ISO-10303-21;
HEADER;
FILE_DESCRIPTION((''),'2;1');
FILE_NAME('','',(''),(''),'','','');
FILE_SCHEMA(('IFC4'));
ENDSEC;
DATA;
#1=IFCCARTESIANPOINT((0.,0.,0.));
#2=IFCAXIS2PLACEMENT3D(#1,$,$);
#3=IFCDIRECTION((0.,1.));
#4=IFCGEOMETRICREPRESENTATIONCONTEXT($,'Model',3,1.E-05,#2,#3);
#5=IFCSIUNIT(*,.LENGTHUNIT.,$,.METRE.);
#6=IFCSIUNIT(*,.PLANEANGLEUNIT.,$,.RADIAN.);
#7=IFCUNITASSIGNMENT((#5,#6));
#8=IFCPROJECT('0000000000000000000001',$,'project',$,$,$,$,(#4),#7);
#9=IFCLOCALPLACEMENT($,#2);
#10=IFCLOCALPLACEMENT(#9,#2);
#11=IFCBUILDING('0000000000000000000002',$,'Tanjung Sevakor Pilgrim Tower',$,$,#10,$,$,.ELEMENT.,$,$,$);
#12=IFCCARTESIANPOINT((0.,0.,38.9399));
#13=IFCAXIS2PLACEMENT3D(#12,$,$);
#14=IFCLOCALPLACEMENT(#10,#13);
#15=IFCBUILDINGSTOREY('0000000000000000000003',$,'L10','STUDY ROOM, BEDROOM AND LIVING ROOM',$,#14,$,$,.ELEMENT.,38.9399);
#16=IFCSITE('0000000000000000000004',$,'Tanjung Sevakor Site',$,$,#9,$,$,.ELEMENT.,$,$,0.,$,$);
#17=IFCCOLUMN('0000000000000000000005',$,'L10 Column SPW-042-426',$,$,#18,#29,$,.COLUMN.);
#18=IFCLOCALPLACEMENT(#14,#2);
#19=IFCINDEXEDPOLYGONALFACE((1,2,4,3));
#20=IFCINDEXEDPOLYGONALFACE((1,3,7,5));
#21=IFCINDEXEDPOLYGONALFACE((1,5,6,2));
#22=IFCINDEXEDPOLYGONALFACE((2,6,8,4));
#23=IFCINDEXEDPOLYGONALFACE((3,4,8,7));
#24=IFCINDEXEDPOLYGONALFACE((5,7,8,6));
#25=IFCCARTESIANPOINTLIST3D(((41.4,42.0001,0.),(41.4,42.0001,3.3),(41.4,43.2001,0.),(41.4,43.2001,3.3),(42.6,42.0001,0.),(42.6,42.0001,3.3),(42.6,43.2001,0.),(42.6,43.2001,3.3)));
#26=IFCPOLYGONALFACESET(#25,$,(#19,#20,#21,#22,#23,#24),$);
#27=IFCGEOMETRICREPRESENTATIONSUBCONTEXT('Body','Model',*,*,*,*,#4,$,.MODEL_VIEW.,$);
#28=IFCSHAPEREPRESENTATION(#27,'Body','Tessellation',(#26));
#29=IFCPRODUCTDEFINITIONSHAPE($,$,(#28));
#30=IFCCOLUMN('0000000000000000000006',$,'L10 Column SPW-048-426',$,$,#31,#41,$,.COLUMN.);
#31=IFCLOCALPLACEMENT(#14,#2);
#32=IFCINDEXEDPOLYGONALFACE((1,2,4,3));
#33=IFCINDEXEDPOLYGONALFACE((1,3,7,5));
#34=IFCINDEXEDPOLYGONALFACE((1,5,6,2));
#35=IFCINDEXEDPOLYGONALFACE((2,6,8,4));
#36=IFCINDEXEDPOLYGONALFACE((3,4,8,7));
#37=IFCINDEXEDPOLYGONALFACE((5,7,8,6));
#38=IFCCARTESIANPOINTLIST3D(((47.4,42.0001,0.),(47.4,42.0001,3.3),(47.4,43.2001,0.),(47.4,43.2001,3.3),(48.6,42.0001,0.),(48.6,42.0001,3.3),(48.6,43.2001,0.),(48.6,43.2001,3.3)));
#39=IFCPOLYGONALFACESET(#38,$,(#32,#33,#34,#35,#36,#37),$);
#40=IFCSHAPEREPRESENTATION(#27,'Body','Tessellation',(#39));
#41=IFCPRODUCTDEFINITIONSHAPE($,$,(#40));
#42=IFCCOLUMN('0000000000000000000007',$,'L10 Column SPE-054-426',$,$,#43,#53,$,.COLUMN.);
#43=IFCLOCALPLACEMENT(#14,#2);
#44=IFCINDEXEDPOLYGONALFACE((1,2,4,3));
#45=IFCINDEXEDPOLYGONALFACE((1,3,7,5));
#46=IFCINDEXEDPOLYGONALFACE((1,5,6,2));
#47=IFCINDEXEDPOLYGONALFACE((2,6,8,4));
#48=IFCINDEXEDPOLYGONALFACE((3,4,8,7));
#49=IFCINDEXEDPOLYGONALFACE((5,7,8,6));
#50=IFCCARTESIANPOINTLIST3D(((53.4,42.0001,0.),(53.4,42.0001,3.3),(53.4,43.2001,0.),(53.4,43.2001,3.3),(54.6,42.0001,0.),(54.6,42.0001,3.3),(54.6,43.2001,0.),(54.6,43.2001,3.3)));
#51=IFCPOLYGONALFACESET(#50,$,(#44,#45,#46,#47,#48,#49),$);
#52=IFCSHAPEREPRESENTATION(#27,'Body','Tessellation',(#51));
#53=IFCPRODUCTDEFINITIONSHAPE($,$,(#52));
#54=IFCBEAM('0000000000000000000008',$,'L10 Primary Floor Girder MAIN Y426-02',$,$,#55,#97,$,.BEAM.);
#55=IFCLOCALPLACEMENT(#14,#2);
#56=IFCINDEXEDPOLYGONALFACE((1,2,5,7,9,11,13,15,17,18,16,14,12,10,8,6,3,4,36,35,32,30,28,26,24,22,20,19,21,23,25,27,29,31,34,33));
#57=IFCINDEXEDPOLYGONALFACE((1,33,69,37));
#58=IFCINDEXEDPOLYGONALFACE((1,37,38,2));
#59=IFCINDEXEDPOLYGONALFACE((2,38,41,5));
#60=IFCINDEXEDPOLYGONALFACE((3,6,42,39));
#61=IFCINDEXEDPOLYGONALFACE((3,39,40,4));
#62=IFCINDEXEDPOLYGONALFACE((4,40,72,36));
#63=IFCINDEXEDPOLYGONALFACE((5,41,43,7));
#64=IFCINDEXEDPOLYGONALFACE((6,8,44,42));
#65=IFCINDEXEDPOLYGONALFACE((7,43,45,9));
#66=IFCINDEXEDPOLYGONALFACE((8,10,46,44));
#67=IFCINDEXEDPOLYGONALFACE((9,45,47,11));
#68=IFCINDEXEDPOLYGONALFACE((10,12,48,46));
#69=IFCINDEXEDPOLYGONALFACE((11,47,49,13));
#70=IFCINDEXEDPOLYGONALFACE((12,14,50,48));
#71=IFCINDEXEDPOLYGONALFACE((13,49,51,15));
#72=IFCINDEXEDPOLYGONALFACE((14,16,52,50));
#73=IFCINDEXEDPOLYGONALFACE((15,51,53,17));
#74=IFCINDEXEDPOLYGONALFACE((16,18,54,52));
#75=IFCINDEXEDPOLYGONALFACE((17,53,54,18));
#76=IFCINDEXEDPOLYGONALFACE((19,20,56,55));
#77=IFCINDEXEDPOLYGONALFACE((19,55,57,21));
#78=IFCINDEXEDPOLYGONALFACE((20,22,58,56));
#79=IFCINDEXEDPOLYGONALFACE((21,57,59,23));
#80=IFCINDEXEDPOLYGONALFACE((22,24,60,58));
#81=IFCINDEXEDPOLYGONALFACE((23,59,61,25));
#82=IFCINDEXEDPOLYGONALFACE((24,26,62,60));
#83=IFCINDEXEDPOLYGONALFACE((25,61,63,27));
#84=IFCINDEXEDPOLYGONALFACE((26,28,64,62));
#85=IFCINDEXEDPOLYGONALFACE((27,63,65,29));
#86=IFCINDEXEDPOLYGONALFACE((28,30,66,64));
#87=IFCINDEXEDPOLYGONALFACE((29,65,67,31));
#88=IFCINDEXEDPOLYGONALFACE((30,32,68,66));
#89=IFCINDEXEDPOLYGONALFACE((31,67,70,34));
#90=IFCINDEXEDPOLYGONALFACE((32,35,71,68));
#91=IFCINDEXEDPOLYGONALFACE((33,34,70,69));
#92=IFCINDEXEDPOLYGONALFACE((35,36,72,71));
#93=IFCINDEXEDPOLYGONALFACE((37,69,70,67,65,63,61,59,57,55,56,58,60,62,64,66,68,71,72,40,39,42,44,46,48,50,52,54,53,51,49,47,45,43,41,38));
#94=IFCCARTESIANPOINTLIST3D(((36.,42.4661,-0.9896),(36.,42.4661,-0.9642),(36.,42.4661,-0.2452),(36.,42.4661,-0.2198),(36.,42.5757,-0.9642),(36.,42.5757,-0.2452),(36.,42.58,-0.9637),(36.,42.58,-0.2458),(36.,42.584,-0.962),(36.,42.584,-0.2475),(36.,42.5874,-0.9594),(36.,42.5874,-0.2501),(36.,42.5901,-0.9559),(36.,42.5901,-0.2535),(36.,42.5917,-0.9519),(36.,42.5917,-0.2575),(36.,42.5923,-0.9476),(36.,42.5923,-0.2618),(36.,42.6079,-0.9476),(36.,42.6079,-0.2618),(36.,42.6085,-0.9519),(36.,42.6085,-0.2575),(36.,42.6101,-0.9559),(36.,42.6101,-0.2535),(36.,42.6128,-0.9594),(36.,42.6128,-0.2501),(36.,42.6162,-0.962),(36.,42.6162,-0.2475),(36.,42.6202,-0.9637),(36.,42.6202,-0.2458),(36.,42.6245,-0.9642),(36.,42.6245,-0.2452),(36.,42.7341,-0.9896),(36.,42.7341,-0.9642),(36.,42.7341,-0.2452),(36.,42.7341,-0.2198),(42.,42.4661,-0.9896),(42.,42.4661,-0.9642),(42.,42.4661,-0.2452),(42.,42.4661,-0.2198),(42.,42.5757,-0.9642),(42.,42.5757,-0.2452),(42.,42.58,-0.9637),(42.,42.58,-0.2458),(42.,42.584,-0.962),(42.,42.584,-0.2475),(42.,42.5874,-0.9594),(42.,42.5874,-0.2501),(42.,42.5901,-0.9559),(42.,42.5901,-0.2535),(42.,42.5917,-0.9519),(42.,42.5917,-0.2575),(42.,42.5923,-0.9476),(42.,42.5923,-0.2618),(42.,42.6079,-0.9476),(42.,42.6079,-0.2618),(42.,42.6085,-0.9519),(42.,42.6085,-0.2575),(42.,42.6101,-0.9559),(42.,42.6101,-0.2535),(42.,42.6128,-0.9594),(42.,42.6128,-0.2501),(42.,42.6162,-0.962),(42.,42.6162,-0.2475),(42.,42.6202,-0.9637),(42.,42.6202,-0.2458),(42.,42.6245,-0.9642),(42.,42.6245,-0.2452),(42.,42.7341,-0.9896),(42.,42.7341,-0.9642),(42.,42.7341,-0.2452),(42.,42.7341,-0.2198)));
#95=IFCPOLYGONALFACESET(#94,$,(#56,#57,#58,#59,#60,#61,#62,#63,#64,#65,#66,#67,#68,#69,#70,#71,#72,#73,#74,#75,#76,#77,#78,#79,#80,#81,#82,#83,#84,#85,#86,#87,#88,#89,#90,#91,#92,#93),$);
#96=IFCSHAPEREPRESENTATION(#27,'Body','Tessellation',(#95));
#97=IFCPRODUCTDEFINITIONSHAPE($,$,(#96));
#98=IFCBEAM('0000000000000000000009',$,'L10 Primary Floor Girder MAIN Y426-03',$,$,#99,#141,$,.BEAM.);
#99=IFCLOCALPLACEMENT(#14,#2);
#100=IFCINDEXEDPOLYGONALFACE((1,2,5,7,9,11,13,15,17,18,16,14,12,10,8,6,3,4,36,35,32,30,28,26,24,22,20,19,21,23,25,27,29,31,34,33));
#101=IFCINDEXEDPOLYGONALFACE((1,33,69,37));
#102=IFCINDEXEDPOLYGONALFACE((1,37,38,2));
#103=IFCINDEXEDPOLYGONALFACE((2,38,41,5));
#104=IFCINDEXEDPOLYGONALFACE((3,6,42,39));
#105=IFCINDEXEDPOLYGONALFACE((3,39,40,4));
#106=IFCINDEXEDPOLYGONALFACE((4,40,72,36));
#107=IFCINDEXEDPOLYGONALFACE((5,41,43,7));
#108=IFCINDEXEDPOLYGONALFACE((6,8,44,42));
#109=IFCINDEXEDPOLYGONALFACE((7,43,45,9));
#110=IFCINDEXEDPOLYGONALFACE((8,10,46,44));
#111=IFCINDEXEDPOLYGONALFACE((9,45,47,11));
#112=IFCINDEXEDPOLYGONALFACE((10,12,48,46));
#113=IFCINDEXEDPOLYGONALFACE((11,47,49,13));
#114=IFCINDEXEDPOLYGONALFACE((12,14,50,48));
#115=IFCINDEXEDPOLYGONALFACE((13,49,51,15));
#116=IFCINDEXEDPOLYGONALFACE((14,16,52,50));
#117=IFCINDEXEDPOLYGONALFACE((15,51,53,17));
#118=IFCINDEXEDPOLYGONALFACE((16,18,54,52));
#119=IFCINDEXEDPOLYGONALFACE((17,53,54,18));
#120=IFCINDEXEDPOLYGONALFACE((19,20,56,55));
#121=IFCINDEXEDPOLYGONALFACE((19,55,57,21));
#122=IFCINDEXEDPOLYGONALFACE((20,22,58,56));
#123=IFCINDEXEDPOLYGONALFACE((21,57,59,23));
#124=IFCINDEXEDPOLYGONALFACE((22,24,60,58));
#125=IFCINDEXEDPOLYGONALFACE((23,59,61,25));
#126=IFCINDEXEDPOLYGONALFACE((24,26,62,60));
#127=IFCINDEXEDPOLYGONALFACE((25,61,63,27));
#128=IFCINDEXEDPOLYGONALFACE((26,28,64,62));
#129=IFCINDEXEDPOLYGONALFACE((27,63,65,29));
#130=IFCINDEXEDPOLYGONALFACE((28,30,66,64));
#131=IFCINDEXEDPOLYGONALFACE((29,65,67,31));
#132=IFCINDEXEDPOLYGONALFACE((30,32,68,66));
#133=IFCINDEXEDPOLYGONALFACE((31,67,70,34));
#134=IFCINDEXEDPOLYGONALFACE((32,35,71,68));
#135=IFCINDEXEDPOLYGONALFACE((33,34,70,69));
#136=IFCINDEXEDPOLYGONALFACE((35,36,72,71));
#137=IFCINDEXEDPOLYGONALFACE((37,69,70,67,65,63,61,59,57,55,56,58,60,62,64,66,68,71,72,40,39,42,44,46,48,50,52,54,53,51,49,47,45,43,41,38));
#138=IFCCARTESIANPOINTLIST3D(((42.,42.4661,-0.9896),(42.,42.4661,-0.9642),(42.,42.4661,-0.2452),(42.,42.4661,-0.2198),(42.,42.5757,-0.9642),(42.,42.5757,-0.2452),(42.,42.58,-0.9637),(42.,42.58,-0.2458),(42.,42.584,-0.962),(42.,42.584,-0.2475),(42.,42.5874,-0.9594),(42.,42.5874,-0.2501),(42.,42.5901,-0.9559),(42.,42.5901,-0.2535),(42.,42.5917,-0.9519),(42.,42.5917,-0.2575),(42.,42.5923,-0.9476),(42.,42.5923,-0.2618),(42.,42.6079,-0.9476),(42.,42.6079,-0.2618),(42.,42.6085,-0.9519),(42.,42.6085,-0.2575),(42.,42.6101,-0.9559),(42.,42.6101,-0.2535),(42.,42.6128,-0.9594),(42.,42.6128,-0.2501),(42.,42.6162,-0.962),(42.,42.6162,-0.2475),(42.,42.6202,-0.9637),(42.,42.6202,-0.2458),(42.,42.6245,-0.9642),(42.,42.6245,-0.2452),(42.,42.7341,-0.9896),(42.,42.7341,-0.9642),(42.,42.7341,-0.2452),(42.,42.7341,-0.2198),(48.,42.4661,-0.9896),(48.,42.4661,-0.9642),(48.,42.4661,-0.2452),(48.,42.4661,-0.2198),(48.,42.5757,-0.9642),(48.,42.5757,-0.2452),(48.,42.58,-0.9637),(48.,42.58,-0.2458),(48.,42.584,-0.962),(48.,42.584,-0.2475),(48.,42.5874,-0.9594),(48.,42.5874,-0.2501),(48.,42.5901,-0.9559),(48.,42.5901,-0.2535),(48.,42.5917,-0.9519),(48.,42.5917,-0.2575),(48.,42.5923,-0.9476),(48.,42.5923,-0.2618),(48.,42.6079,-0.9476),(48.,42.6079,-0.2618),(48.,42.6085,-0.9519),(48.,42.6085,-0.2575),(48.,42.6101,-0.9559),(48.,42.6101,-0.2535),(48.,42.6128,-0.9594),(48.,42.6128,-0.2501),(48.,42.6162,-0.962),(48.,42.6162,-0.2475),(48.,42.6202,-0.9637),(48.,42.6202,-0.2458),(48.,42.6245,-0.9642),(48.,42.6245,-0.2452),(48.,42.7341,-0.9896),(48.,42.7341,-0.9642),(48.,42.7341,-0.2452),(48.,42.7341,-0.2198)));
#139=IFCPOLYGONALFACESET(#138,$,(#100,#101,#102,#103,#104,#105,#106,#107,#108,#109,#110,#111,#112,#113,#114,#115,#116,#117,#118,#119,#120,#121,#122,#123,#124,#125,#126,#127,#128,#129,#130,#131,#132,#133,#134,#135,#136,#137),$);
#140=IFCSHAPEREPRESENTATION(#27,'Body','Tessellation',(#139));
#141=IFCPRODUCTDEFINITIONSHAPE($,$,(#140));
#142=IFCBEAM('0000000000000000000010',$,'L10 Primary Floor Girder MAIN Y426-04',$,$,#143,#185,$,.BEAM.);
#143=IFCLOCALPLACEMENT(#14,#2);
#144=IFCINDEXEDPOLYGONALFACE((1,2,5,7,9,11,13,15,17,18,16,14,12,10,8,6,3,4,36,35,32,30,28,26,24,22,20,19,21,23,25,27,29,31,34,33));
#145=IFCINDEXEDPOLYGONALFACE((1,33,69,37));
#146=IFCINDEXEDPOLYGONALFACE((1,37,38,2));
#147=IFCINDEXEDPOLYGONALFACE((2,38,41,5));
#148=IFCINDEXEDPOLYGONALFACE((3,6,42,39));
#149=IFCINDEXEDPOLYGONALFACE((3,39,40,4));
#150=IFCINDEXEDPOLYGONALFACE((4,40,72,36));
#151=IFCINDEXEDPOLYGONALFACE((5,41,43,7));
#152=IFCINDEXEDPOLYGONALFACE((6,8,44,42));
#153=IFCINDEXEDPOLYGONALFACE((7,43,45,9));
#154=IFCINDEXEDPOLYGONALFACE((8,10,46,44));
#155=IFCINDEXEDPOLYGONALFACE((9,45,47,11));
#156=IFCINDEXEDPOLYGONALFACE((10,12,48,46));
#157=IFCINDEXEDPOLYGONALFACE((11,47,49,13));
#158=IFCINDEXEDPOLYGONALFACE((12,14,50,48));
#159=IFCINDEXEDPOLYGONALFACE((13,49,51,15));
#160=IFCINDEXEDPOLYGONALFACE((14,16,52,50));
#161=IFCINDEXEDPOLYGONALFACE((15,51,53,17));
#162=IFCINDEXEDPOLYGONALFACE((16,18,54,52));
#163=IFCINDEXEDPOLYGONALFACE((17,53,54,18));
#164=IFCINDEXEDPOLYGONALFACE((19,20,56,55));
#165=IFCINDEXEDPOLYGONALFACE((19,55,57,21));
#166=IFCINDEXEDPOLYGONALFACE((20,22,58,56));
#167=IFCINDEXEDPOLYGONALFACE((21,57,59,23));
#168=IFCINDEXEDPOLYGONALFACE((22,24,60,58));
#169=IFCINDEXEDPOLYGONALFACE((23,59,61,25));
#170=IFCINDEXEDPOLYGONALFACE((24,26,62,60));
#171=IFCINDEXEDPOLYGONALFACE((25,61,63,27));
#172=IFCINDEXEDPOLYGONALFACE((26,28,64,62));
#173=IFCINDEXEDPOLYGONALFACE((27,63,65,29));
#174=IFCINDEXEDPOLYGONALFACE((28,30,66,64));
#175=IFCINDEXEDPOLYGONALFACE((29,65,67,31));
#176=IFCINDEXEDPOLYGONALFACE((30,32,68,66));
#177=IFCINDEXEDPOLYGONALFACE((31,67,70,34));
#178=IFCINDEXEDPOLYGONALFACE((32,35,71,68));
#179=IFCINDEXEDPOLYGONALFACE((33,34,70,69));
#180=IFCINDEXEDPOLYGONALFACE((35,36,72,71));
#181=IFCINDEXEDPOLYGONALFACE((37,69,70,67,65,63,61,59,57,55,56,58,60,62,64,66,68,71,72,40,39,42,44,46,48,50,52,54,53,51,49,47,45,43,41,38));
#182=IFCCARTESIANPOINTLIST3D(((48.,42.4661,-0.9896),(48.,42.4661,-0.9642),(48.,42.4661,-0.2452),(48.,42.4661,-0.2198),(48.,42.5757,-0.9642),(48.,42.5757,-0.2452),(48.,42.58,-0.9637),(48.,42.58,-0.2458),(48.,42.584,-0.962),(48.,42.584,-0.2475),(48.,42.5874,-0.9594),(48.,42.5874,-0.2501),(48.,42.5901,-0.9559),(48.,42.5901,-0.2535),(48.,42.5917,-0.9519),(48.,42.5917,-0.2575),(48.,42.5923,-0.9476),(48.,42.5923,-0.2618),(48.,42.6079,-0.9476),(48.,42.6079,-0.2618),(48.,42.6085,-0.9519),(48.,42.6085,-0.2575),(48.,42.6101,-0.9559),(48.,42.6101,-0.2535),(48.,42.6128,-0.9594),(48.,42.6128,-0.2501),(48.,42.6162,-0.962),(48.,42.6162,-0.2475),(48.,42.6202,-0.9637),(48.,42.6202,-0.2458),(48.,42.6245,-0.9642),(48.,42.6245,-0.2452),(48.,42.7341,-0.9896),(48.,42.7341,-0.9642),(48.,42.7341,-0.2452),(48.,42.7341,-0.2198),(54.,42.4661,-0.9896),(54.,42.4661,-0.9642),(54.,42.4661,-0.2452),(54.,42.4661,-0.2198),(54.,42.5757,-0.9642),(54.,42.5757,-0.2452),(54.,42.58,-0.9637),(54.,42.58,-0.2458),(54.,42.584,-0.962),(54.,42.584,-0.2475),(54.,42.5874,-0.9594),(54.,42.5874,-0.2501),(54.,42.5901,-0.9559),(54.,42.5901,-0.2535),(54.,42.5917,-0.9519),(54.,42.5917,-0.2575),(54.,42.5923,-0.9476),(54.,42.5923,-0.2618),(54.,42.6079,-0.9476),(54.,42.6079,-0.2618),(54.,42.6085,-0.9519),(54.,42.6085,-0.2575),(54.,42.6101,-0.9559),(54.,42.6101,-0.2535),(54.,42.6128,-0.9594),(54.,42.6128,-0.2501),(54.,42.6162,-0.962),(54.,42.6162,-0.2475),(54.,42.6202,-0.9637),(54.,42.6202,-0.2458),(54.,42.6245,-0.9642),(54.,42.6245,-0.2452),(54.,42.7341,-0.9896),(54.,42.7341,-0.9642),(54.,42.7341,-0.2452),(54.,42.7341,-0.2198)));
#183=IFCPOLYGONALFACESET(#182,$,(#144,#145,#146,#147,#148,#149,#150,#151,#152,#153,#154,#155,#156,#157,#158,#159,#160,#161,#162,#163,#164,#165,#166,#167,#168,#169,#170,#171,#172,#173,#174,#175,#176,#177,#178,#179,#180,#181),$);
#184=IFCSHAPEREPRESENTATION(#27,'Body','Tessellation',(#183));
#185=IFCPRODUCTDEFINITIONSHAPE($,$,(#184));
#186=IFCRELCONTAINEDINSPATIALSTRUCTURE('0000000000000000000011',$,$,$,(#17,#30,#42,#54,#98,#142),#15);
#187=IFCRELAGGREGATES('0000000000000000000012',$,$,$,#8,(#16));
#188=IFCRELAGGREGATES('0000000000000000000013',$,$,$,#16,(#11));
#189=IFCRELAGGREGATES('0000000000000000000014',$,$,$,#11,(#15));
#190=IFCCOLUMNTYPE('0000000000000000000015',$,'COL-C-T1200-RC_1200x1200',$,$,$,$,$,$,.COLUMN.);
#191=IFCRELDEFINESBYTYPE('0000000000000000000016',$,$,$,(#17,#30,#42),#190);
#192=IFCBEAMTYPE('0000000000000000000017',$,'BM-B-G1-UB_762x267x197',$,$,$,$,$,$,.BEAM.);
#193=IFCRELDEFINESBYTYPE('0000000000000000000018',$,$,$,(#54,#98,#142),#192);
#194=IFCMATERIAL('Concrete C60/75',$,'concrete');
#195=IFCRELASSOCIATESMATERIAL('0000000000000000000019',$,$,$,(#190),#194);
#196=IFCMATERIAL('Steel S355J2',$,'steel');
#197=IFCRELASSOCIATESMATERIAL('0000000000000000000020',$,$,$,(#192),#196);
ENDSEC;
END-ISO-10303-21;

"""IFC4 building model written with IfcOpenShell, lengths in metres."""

from ifc_helpers import new_model, si_unit, direction, frame, origin, origin_2d, place, context, subcontext, project, spatial, rectangle, i_section, extrude, material, material_profile, profile_set, type_object, element, save


model = new_model("IFC4")

# Units and contexts
model_context = context("Model", 3, precision=1e-05, world=origin(), true_north=direction((0.0, 1.0)))
body_context = subcontext(model_context, "Body", "Model", "MODEL_VIEW")
ifc_project = project(units=[si_unit("LENGTHUNIT", "METRE"), si_unit("PLANEANGLEUNIT", "RADIAN")], contexts=[model_context])

# Site, building, storey
site_placement = place(None, origin())
site = spatial("IfcSite", under=ifc_project, at=site_placement, Name="Tanjung Sevakor Site", CompositionType="ELEMENT", RefElevation=0.0)
building_placement = place(site_placement, origin())
building = spatial("IfcBuilding", under=site, at=building_placement, Name="Tanjung Sevakor Pilgrim Tower", CompositionType="ELEMENT")
storey_placement = place(building_placement, frame((0.0, 0.0, 38.9399)))
storey = spatial("IfcBuildingStorey", under=building, at=storey_placement, Name="L10", Description="STUDY ROOM, BEDROOM AND LIVING ROOM", CompositionType="ELEMENT", Elevation=38.9399)

# Columns
ifc_material_1 = material(Name="Concrete C60/75", Category="concrete")
ifc_material_profile_1 = material_profile(ifc_material_1, rectangle(XDim=1.2, YDim=1.2, at=origin_2d()))
ifc_profile_set_1 = profile_set([ifc_material_profile_1], Name="Concrete C60/75")
column_type = type_object("IfcColumnType", Name="COL-C-T1200-RC_1200x1200", PredefinedType="COLUMN", material=ifc_profile_set_1)
for number, where, z_axis, x_axis, name in (
    (1, (42.0, 42.6001, 0.0), (0.0, 0.0, 1.0), (1.0, 0.0, 0.0), "L10 Column SPW-042-426"),
    (2, (48.0, 42.6001, 0.0), (0.0, 0.0, 1.0), (1.0, 0.0, 0.0), "L10 Column SPW-048-426"),
    (3, (54.0, 42.6001, 0.0), (0.0, 0.0, 1.0), (1.0, 0.0, 0.0), "L10 Column SPE-054-426"),
):
    element("IfcColumn", number, at=place(storey_placement, frame(where, z_axis=z_axis, x_axis=x_axis)), inside=storey, type_object=column_type, Name=name, PredefinedType="COLUMN", context=body_context, shape_type="SweptSolid", body=[
        extrude(rectangle(XDim=1.2, YDim=1.2, at=origin_2d()), origin(), (0.0, 0.0, 1.0), 3.3),
    ])

# Beams
ifc_material_2 = material(Name="Steel S355J2", Category="steel")
ifc_material_profile_2 = material_profile(ifc_material_2, i_section(OverallWidth=0.2681, OverallDepth=0.7698, WebThickness=0.0156, FlangeThickness=0.0254, FilletRadius=0.0166, at=origin_2d()))
ifc_profile_set_2 = profile_set([ifc_material_profile_2], Name="Steel S355J2")
beam_type_1 = type_object("IfcBeamType", Name="BM-B-G1-UB_762x267x197", PredefinedType="BEAM", material=ifc_profile_set_2)
for number, where, z_axis, x_axis, name in (
    (4, (36.0, 42.6001, -0.6047), (1.0, 0.0, 0.0), (0.0, 1.0, 0.0), "L10 Primary Floor Girder MAIN Y426-02"),
    (5, (42.0, 42.6001, -0.6047), (1.0, 0.0, 0.0), (0.0, 1.0, 0.0), "L10 Primary Floor Girder MAIN Y426-03"),
    (6, (48.0, 42.6001, -0.6047), (1.0, 0.0, 0.0), (0.0, 1.0, 0.0), "L10 Primary Floor Girder MAIN Y426-04"),
):
    element("IfcBeam", number, at=place(storey_placement, frame(where, z_axis=z_axis, x_axis=x_axis)), inside=storey, type_object=beam_type_1, Name=name, PredefinedType="BEAM", context=body_context, shape_type="SweptSolid", body=[
        extrude(i_section(OverallWidth=0.2681, OverallDepth=0.7698, WebThickness=0.0156, FlangeThickness=0.0254, FilletRadius=0.0166, at=origin_2d()), origin(), (0.0, 0.0, 1.0), 6.0),
    ])

save(model, "model.ifc")
